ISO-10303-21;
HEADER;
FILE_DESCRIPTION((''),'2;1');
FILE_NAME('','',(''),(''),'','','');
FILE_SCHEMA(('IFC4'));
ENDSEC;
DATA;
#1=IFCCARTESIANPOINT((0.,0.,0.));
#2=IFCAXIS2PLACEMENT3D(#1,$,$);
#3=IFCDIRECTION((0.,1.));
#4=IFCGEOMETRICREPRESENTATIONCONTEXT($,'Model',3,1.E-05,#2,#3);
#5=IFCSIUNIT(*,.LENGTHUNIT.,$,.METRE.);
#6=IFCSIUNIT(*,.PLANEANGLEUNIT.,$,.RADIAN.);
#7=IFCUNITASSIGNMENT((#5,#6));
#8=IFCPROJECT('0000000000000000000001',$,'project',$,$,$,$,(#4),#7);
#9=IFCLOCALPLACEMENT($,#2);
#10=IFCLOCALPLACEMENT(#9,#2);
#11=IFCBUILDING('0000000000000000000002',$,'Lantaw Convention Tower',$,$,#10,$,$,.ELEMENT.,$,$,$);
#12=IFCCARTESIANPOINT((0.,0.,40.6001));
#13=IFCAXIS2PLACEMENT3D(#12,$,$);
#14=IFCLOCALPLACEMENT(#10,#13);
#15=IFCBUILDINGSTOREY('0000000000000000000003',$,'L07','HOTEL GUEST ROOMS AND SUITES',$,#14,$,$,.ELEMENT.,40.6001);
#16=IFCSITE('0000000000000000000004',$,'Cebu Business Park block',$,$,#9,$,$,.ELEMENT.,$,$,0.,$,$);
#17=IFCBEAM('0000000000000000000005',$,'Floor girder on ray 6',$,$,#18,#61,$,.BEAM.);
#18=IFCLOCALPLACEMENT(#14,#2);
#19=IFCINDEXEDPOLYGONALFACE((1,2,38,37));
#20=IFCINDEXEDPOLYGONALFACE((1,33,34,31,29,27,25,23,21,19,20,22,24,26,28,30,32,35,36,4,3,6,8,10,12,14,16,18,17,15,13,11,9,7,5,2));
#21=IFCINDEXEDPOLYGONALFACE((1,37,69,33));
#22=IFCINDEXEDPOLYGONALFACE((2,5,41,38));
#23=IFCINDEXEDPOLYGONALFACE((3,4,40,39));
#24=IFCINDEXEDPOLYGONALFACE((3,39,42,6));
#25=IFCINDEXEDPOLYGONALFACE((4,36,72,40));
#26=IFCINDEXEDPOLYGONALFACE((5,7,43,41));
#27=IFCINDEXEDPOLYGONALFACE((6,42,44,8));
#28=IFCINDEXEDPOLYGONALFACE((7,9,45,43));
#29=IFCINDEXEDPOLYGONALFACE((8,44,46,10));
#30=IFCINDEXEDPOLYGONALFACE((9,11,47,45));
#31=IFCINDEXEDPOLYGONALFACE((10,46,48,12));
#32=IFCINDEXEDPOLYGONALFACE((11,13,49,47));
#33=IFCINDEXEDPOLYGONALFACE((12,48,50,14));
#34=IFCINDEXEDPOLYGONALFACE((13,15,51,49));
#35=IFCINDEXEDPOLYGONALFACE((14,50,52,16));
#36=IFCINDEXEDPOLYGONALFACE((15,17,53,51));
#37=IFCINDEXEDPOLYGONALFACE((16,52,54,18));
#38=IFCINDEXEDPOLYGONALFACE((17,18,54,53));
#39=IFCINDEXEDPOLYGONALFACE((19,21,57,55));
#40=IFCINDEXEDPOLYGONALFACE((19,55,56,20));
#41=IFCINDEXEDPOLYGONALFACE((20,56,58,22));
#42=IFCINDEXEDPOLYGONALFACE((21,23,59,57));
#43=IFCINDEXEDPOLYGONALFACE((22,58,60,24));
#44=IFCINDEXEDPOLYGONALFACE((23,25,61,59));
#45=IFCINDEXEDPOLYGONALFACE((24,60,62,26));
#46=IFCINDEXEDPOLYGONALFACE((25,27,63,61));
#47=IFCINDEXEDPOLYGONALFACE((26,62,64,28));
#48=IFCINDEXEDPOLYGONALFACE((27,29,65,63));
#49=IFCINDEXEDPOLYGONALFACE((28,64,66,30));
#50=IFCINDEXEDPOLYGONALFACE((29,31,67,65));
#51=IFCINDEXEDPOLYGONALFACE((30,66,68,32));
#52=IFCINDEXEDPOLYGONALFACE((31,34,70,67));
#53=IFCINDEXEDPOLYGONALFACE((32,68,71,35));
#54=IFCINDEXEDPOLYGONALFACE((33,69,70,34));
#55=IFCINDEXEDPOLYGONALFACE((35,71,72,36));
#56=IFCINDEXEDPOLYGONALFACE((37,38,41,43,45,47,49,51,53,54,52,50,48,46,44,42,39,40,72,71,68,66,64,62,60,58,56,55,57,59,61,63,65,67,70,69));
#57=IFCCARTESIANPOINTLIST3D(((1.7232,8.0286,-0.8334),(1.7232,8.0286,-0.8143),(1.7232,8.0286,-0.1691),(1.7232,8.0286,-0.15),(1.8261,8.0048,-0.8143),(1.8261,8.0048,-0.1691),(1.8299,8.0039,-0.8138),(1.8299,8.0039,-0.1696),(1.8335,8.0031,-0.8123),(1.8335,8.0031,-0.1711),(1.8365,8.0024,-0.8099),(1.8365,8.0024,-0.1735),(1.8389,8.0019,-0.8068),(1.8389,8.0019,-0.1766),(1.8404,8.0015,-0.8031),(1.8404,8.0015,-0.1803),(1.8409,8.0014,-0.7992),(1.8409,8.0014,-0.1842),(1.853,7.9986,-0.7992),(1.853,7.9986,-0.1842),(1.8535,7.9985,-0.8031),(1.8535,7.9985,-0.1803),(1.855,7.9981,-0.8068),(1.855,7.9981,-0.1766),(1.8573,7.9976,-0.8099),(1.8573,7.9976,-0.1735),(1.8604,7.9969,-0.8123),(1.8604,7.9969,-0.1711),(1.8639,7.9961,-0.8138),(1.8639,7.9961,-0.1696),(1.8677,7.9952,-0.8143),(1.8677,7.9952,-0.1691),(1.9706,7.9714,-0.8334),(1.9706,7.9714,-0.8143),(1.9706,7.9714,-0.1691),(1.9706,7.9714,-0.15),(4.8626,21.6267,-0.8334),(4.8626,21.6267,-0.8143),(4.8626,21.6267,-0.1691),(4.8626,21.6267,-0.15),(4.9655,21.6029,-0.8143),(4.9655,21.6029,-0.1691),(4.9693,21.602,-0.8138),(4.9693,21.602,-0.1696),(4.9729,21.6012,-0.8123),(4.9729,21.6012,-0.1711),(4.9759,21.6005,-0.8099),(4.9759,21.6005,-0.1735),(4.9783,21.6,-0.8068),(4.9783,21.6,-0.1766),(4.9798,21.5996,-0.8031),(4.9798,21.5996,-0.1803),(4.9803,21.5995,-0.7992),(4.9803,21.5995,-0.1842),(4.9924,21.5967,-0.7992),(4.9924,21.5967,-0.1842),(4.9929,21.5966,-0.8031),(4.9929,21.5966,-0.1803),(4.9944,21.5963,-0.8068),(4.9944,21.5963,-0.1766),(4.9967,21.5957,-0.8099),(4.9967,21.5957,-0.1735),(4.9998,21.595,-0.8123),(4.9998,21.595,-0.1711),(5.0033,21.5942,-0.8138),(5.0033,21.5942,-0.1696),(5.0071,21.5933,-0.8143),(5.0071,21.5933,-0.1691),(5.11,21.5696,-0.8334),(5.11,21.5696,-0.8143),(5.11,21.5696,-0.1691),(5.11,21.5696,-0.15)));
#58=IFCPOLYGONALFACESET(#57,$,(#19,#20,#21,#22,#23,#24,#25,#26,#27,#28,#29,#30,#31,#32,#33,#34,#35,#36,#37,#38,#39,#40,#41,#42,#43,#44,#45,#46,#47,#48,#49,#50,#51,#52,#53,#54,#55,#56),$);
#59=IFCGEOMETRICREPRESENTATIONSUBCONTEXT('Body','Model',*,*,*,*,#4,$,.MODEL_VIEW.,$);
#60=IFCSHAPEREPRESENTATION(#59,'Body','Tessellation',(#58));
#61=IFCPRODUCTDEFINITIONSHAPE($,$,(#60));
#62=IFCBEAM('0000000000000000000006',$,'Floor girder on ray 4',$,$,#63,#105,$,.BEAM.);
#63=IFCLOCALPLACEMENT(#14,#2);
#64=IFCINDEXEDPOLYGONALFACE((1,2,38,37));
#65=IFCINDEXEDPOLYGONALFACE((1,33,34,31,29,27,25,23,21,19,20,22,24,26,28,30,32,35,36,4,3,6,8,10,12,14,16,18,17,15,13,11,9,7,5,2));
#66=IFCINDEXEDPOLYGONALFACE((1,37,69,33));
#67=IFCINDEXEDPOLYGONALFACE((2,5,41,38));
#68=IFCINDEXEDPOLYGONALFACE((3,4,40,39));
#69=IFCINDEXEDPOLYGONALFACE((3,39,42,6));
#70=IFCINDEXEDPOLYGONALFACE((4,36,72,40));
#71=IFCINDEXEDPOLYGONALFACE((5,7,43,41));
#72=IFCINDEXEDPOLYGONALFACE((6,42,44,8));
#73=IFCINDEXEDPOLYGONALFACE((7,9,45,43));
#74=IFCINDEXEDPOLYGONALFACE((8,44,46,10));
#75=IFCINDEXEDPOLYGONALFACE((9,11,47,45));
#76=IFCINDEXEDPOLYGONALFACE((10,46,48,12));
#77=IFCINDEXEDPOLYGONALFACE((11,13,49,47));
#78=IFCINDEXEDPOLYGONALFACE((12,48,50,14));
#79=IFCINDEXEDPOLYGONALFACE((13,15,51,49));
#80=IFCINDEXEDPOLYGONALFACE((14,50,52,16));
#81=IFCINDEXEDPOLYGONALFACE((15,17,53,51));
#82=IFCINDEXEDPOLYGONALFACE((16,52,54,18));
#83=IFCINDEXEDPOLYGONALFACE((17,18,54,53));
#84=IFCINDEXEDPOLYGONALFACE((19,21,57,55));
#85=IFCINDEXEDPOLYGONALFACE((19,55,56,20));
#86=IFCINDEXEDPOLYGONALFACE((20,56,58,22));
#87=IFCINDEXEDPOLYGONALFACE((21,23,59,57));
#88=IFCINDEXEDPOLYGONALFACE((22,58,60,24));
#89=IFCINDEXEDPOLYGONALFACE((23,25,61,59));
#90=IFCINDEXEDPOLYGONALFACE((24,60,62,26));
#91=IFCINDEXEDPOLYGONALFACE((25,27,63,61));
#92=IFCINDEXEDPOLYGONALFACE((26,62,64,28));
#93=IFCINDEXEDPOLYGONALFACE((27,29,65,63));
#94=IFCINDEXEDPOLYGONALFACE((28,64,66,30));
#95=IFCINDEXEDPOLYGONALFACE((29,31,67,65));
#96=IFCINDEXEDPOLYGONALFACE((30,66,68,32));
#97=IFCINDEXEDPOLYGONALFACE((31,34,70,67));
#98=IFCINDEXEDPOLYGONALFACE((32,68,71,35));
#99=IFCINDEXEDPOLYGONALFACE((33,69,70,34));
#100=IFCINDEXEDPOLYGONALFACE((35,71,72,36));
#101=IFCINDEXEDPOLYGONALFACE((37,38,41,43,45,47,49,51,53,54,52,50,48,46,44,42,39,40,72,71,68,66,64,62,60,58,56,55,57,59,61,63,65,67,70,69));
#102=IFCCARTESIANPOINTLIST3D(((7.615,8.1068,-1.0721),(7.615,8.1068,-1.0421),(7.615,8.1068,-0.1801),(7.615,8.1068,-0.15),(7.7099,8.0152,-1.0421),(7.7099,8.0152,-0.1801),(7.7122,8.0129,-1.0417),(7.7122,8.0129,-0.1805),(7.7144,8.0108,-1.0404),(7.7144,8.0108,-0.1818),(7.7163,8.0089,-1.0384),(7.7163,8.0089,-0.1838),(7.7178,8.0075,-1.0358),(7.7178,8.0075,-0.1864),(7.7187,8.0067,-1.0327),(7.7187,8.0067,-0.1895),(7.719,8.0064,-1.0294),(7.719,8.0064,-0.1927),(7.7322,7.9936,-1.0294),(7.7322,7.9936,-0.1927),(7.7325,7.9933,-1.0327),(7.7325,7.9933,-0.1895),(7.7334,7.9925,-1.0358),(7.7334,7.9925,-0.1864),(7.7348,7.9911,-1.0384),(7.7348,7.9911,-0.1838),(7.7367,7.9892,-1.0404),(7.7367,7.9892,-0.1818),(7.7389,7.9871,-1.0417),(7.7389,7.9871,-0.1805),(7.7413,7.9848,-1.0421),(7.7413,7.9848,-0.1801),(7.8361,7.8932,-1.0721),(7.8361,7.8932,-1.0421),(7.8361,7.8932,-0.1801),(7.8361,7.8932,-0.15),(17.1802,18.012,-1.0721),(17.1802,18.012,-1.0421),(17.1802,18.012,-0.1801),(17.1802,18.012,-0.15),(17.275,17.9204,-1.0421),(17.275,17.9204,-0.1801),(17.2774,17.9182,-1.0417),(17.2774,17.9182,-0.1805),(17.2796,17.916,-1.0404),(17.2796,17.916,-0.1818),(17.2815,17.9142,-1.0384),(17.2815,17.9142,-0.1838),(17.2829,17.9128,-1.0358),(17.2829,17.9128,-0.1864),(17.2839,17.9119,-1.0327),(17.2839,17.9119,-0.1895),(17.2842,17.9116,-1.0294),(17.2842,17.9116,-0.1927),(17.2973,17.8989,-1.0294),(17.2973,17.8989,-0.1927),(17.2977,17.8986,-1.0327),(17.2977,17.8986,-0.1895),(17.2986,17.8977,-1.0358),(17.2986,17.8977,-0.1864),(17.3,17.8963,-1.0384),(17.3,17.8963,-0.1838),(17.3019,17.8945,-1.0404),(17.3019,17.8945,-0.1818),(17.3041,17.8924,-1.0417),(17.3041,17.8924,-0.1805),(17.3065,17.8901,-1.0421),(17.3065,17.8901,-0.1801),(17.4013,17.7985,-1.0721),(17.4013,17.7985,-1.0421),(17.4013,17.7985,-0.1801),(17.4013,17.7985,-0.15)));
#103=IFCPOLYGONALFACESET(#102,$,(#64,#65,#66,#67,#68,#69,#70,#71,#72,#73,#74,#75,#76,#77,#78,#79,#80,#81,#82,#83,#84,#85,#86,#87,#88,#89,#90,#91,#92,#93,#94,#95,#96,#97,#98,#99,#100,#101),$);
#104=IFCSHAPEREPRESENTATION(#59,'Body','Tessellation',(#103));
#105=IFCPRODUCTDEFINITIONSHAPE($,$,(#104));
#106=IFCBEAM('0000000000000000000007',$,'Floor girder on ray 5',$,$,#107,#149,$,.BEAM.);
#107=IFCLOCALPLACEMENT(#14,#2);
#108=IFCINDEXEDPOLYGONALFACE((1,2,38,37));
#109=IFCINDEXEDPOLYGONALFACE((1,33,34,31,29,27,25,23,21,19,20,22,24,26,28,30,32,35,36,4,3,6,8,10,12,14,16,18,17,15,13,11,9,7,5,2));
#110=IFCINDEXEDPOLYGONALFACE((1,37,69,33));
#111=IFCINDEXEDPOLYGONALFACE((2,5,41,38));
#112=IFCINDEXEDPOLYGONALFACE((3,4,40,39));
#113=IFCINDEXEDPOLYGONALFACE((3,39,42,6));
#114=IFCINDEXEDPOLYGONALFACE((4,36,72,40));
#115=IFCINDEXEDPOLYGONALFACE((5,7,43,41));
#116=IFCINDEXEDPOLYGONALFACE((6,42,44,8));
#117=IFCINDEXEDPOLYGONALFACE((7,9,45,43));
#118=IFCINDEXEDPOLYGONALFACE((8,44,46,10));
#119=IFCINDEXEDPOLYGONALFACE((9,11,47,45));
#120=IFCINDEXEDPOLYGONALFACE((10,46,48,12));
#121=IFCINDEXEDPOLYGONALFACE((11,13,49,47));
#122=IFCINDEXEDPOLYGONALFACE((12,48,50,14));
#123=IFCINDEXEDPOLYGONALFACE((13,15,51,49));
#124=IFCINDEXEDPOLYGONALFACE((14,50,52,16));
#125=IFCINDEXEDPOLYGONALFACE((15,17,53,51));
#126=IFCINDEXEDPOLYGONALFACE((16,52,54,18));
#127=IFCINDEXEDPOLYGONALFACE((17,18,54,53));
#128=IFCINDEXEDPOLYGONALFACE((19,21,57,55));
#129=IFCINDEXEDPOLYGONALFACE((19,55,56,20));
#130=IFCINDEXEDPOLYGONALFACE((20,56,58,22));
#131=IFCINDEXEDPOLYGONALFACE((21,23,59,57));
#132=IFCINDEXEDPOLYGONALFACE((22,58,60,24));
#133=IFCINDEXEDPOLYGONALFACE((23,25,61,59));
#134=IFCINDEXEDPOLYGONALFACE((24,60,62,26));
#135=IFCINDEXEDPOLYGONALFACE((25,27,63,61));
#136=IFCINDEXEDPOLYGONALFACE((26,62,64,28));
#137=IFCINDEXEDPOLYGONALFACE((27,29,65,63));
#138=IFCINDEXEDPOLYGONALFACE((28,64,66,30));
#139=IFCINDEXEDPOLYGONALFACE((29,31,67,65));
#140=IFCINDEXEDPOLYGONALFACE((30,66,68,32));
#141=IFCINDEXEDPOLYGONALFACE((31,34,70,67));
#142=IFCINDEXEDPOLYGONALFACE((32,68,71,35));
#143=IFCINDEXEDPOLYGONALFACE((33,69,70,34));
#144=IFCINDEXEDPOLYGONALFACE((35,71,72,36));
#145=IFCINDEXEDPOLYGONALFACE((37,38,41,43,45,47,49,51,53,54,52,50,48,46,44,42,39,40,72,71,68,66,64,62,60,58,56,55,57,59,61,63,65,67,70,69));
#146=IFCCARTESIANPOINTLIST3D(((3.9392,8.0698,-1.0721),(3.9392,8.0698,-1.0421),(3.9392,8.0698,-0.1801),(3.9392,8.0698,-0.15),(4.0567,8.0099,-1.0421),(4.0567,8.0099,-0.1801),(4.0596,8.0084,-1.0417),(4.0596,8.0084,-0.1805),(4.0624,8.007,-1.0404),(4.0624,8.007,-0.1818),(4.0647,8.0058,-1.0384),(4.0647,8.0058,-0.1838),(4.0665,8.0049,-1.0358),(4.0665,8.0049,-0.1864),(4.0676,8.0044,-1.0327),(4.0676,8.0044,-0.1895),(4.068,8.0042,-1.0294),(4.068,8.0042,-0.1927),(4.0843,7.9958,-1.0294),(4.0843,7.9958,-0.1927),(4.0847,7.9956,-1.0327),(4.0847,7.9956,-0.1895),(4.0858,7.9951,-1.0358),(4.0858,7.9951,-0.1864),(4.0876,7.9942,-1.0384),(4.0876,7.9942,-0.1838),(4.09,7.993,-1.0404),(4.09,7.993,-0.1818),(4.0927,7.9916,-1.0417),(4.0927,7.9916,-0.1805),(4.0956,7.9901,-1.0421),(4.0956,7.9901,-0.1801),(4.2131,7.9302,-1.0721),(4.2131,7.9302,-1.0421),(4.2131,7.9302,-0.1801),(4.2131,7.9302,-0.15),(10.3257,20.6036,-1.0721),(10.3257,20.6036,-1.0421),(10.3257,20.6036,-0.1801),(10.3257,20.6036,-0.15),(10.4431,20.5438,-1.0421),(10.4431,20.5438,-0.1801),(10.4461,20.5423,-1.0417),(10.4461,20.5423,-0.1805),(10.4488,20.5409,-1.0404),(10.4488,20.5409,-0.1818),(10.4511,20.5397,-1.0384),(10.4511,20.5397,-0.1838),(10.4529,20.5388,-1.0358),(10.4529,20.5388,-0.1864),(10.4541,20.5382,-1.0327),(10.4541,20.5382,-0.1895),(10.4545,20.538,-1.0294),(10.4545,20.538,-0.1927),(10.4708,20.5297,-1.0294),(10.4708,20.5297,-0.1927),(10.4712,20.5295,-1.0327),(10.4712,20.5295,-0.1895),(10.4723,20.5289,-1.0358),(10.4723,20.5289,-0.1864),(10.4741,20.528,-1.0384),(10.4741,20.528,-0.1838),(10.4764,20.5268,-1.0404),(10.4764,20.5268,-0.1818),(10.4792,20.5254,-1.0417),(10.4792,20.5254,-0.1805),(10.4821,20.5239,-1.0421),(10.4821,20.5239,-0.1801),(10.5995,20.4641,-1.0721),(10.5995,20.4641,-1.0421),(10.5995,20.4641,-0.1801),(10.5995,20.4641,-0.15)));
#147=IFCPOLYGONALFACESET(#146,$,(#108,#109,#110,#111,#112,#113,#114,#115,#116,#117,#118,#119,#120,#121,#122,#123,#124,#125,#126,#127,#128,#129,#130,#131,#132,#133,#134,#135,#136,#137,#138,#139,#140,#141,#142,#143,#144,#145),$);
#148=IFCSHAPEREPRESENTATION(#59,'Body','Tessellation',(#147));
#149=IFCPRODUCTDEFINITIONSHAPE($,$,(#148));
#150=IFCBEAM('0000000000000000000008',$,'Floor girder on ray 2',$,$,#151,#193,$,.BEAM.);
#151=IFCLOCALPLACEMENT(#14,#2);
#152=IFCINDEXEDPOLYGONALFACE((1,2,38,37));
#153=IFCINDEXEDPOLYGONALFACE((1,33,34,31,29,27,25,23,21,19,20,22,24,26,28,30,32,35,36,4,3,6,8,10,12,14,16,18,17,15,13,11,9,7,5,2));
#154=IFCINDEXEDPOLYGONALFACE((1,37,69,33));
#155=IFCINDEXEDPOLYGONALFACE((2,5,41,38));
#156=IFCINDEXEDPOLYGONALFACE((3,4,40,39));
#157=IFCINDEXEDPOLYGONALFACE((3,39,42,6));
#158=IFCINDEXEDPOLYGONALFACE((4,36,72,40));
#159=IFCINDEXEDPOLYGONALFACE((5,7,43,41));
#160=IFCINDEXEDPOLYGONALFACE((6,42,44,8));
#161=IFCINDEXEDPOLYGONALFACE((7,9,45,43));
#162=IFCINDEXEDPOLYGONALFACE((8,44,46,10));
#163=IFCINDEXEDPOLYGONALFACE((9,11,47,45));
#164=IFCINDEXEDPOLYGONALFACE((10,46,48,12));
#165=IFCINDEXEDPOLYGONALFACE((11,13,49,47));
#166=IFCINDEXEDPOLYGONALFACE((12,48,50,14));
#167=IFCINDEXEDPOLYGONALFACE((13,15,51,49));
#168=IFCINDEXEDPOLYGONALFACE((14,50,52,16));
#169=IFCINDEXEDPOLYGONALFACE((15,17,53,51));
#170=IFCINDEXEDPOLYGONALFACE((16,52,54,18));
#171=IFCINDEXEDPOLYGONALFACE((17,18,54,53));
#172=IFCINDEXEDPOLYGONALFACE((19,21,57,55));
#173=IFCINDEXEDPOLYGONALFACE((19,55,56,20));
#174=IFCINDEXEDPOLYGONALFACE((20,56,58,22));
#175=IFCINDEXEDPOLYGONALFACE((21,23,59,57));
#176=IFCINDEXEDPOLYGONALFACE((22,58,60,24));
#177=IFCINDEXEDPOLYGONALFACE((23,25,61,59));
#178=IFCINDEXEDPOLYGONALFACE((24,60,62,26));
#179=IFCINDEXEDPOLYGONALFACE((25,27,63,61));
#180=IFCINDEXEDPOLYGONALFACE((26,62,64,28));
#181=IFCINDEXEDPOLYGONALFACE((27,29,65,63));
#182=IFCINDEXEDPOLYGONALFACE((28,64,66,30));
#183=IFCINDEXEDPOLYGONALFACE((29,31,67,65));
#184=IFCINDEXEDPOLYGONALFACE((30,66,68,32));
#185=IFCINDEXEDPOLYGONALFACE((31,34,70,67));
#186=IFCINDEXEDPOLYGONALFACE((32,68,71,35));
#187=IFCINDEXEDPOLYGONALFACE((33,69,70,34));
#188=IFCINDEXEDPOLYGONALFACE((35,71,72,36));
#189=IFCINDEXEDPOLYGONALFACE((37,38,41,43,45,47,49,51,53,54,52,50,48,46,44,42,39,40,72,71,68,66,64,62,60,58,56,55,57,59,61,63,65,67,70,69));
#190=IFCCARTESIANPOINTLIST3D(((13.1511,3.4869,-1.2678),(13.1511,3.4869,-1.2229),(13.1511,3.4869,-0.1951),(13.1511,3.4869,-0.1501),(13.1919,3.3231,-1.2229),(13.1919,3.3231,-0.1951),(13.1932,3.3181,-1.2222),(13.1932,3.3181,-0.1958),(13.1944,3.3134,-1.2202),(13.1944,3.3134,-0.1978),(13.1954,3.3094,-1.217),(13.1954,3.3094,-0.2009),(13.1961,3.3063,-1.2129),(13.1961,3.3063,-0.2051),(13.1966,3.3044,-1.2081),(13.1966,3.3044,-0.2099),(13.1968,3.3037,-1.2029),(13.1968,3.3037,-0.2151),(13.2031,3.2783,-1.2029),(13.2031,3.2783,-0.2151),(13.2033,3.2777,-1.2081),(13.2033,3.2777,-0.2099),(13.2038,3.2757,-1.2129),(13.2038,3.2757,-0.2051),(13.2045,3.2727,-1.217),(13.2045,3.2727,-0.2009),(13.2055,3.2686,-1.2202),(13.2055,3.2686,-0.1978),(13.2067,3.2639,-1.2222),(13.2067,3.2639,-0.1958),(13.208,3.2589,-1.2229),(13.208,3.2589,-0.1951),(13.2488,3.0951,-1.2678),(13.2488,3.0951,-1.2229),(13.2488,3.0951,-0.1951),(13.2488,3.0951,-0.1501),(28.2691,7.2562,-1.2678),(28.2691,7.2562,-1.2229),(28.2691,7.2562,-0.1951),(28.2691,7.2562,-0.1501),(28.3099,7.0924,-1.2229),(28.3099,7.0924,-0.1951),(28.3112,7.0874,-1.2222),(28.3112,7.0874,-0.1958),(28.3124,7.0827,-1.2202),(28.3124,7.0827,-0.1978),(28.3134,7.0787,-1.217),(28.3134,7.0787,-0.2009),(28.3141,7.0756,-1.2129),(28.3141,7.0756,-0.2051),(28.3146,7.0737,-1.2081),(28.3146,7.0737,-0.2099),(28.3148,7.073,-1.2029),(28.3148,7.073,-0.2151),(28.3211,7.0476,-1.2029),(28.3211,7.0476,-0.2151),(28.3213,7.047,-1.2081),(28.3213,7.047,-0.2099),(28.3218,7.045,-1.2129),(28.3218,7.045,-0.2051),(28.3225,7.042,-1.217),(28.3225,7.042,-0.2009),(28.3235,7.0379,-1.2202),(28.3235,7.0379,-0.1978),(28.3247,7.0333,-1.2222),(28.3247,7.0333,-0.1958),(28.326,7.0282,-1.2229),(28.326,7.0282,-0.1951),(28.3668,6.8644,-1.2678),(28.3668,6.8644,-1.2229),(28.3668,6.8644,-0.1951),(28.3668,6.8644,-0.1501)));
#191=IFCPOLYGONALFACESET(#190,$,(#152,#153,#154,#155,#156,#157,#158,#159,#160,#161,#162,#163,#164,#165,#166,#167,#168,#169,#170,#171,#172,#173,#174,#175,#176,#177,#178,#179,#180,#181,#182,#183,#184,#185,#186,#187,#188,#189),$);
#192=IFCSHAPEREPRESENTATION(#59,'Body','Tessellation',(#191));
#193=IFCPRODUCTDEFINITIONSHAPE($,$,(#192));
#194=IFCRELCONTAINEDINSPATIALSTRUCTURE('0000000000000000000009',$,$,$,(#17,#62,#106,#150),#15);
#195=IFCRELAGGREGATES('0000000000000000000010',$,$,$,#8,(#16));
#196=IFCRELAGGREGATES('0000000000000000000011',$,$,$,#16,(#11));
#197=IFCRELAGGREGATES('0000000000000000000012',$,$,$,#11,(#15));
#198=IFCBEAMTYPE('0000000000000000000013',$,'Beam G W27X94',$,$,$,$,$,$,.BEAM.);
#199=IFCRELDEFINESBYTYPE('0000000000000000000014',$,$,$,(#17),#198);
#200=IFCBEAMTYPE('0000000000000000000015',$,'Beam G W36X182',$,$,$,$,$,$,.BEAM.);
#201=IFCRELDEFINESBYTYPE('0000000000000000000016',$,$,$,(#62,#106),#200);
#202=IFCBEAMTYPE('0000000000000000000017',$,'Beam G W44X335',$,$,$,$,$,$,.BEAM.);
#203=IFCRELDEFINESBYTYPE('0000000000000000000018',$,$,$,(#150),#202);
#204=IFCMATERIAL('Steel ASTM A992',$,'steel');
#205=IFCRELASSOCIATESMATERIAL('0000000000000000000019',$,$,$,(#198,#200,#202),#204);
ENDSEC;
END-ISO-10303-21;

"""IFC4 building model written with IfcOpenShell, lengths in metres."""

from ifc_helpers import new_model, si_unit, direction, frame, origin, origin_2d, place, context, subcontext, project, spatial, i_section, extrude, material, material_profile, profile_set, type_object, element, save


model = new_model("IFC4")

# Units and contexts
model_context = context("Model", 3, precision=1e-05, world=origin(), true_north=direction((0.0, 1.0)))
body_context = subcontext(model_context, "Body", "Model", "MODEL_VIEW")
ifc_project = project(units=[si_unit("LENGTHUNIT", "METRE"), si_unit("PLANEANGLEUNIT", "RADIAN")], contexts=[model_context])

# Site, building, storey
site_placement = place(None, origin())
site = spatial("IfcSite", under=ifc_project, at=site_placement, Name="Cebu Business Park block", CompositionType="ELEMENT", RefElevation=0.0)
building_placement = place(site_placement, origin())
building = spatial("IfcBuilding", under=site, at=building_placement, Name="Lantaw Convention Tower", CompositionType="ELEMENT")
storey_placement = place(building_placement, frame((0.0, 0.0, 40.6001)))
storey = spatial("IfcBuildingStorey", under=building, at=storey_placement, Name="L07", Description="HOTEL GUEST ROOMS AND SUITES", CompositionType="ELEMENT", Elevation=40.6001)

# Beams
ifc_material_1 = material(Name="Steel ASTM A992", Category="steel")
ifc_material_profile_1 = material_profile(ifc_material_1, i_section(OverallWidth=0.2539, OverallDepth=0.6833, WebThickness=0.0125, FlangeThickness=0.019, FilletRadius=0.0151, at=origin_2d()), Name="W27X94")
ifc_profile_set_1 = profile_set([ifc_material_profile_1], Name="Steel ASTM A992")
beam_type_1 = type_object("IfcBeamType", Name="Beam G W27X94", PredefinedType="BEAM", material=ifc_profile_set_1)
beam_1_placement = place(storey_placement, frame((1.8469, 8.0, -0.4917), z_axis=(0.224953, 0.97437, 0.0), x_axis=(-0.97437, 0.224953, 0.0)))
element("IfcBeam", 1, at=beam_1_placement, inside=storey, type_object=beam_type_1, Name="Floor girder on ray 6", PredefinedType="BEAM", context=body_context, shape_type="SweptSolid", body=[
    extrude(i_section(OverallWidth=0.2539, OverallDepth=0.6833, WebThickness=0.0125, FlangeThickness=0.019, FilletRadius=0.0151, at=origin_2d()), origin(), (0.0, 0.0, 1.0), 13.9558),
])
ifc_material_profile_2 = material_profile(ifc_material_1, i_section(OverallWidth=0.3074, OverallDepth=0.9221, WebThickness=0.0183, FlangeThickness=0.03, FilletRadius=0.0127, at=origin_2d()), Name="W36X182")
ifc_profile_set_2 = profile_set([ifc_material_profile_2], Name="Steel ASTM A992")
beam_type_2 = type_object("IfcBeamType", Name="Beam G W36X182", PredefinedType="BEAM", material=ifc_profile_set_2)
beam_2_placement = place(storey_placement, frame((7.7256, 8.0, -0.6111), z_axis=(0.69465, 0.719348, 0.0), x_axis=(-0.719348, 0.69465, 0.0)))
element("IfcBeam", 2, at=beam_2_placement, inside=storey, type_object=beam_type_2, Name="Floor girder on ray 4", PredefinedType="BEAM", context=body_context, shape_type="SweptSolid", body=[
    extrude(i_section(OverallWidth=0.3074, OverallDepth=0.9221, WebThickness=0.0183, FlangeThickness=0.03, FilletRadius=0.0127, at=origin_2d()), origin(), (0.0, 0.0, 1.0), 13.7698),
])
beam_3_placement = place(storey_placement, frame((4.0762, 8.0, -0.6111), z_axis=(0.453997, 0.891003, 0.0), x_axis=(-0.891003, 0.453997, 0.0)))
element("IfcBeam", 3, at=beam_3_placement, inside=storey, type_object=beam_type_2, Name="Floor girder on ray 5", PredefinedType="BEAM", context=body_context, shape_type="SweptSolid", body=[
    extrude(i_section(OverallWidth=0.3074, OverallDepth=0.9221, WebThickness=0.0183, FlangeThickness=0.03, FilletRadius=0.0127, at=origin_2d()), origin(), (0.0, 0.0, 1.0), 14.0671),
])
ifc_material_profile_3 = material_profile(ifc_material_1, i_section(OverallWidth=0.4038, OverallDepth=1.1177, WebThickness=0.0261, FlangeThickness=0.0449, FilletRadius=0.02, at=origin_2d()), Name="W44X335")
ifc_profile_set_3 = profile_set([ifc_material_profile_3], Name="Steel ASTM A992")
beam_type_3 = type_object("IfcBeamType", Name="Beam G W44X335", PredefinedType="BEAM", material=ifc_profile_set_3)
beam_4_placement = place(storey_placement, frame((13.2, 3.291, -0.709), z_axis=(0.970296, 0.24192, 0.0), x_axis=(-0.24192, 0.970296, 0.0)))
element("IfcBeam", 4, at=beam_4_placement, inside=storey, type_object=beam_type_3, Name="Floor girder on ray 2", PredefinedType="BEAM", context=body_context, shape_type="SweptSolid", body=[
    extrude(i_section(OverallWidth=0.4038, OverallDepth=1.1177, WebThickness=0.0261, FlangeThickness=0.0449, FilletRadius=0.02, at=origin_2d()), origin(), (0.0, 0.0, 1.0), 15.5808),
])

save(model, "model.ifc")
